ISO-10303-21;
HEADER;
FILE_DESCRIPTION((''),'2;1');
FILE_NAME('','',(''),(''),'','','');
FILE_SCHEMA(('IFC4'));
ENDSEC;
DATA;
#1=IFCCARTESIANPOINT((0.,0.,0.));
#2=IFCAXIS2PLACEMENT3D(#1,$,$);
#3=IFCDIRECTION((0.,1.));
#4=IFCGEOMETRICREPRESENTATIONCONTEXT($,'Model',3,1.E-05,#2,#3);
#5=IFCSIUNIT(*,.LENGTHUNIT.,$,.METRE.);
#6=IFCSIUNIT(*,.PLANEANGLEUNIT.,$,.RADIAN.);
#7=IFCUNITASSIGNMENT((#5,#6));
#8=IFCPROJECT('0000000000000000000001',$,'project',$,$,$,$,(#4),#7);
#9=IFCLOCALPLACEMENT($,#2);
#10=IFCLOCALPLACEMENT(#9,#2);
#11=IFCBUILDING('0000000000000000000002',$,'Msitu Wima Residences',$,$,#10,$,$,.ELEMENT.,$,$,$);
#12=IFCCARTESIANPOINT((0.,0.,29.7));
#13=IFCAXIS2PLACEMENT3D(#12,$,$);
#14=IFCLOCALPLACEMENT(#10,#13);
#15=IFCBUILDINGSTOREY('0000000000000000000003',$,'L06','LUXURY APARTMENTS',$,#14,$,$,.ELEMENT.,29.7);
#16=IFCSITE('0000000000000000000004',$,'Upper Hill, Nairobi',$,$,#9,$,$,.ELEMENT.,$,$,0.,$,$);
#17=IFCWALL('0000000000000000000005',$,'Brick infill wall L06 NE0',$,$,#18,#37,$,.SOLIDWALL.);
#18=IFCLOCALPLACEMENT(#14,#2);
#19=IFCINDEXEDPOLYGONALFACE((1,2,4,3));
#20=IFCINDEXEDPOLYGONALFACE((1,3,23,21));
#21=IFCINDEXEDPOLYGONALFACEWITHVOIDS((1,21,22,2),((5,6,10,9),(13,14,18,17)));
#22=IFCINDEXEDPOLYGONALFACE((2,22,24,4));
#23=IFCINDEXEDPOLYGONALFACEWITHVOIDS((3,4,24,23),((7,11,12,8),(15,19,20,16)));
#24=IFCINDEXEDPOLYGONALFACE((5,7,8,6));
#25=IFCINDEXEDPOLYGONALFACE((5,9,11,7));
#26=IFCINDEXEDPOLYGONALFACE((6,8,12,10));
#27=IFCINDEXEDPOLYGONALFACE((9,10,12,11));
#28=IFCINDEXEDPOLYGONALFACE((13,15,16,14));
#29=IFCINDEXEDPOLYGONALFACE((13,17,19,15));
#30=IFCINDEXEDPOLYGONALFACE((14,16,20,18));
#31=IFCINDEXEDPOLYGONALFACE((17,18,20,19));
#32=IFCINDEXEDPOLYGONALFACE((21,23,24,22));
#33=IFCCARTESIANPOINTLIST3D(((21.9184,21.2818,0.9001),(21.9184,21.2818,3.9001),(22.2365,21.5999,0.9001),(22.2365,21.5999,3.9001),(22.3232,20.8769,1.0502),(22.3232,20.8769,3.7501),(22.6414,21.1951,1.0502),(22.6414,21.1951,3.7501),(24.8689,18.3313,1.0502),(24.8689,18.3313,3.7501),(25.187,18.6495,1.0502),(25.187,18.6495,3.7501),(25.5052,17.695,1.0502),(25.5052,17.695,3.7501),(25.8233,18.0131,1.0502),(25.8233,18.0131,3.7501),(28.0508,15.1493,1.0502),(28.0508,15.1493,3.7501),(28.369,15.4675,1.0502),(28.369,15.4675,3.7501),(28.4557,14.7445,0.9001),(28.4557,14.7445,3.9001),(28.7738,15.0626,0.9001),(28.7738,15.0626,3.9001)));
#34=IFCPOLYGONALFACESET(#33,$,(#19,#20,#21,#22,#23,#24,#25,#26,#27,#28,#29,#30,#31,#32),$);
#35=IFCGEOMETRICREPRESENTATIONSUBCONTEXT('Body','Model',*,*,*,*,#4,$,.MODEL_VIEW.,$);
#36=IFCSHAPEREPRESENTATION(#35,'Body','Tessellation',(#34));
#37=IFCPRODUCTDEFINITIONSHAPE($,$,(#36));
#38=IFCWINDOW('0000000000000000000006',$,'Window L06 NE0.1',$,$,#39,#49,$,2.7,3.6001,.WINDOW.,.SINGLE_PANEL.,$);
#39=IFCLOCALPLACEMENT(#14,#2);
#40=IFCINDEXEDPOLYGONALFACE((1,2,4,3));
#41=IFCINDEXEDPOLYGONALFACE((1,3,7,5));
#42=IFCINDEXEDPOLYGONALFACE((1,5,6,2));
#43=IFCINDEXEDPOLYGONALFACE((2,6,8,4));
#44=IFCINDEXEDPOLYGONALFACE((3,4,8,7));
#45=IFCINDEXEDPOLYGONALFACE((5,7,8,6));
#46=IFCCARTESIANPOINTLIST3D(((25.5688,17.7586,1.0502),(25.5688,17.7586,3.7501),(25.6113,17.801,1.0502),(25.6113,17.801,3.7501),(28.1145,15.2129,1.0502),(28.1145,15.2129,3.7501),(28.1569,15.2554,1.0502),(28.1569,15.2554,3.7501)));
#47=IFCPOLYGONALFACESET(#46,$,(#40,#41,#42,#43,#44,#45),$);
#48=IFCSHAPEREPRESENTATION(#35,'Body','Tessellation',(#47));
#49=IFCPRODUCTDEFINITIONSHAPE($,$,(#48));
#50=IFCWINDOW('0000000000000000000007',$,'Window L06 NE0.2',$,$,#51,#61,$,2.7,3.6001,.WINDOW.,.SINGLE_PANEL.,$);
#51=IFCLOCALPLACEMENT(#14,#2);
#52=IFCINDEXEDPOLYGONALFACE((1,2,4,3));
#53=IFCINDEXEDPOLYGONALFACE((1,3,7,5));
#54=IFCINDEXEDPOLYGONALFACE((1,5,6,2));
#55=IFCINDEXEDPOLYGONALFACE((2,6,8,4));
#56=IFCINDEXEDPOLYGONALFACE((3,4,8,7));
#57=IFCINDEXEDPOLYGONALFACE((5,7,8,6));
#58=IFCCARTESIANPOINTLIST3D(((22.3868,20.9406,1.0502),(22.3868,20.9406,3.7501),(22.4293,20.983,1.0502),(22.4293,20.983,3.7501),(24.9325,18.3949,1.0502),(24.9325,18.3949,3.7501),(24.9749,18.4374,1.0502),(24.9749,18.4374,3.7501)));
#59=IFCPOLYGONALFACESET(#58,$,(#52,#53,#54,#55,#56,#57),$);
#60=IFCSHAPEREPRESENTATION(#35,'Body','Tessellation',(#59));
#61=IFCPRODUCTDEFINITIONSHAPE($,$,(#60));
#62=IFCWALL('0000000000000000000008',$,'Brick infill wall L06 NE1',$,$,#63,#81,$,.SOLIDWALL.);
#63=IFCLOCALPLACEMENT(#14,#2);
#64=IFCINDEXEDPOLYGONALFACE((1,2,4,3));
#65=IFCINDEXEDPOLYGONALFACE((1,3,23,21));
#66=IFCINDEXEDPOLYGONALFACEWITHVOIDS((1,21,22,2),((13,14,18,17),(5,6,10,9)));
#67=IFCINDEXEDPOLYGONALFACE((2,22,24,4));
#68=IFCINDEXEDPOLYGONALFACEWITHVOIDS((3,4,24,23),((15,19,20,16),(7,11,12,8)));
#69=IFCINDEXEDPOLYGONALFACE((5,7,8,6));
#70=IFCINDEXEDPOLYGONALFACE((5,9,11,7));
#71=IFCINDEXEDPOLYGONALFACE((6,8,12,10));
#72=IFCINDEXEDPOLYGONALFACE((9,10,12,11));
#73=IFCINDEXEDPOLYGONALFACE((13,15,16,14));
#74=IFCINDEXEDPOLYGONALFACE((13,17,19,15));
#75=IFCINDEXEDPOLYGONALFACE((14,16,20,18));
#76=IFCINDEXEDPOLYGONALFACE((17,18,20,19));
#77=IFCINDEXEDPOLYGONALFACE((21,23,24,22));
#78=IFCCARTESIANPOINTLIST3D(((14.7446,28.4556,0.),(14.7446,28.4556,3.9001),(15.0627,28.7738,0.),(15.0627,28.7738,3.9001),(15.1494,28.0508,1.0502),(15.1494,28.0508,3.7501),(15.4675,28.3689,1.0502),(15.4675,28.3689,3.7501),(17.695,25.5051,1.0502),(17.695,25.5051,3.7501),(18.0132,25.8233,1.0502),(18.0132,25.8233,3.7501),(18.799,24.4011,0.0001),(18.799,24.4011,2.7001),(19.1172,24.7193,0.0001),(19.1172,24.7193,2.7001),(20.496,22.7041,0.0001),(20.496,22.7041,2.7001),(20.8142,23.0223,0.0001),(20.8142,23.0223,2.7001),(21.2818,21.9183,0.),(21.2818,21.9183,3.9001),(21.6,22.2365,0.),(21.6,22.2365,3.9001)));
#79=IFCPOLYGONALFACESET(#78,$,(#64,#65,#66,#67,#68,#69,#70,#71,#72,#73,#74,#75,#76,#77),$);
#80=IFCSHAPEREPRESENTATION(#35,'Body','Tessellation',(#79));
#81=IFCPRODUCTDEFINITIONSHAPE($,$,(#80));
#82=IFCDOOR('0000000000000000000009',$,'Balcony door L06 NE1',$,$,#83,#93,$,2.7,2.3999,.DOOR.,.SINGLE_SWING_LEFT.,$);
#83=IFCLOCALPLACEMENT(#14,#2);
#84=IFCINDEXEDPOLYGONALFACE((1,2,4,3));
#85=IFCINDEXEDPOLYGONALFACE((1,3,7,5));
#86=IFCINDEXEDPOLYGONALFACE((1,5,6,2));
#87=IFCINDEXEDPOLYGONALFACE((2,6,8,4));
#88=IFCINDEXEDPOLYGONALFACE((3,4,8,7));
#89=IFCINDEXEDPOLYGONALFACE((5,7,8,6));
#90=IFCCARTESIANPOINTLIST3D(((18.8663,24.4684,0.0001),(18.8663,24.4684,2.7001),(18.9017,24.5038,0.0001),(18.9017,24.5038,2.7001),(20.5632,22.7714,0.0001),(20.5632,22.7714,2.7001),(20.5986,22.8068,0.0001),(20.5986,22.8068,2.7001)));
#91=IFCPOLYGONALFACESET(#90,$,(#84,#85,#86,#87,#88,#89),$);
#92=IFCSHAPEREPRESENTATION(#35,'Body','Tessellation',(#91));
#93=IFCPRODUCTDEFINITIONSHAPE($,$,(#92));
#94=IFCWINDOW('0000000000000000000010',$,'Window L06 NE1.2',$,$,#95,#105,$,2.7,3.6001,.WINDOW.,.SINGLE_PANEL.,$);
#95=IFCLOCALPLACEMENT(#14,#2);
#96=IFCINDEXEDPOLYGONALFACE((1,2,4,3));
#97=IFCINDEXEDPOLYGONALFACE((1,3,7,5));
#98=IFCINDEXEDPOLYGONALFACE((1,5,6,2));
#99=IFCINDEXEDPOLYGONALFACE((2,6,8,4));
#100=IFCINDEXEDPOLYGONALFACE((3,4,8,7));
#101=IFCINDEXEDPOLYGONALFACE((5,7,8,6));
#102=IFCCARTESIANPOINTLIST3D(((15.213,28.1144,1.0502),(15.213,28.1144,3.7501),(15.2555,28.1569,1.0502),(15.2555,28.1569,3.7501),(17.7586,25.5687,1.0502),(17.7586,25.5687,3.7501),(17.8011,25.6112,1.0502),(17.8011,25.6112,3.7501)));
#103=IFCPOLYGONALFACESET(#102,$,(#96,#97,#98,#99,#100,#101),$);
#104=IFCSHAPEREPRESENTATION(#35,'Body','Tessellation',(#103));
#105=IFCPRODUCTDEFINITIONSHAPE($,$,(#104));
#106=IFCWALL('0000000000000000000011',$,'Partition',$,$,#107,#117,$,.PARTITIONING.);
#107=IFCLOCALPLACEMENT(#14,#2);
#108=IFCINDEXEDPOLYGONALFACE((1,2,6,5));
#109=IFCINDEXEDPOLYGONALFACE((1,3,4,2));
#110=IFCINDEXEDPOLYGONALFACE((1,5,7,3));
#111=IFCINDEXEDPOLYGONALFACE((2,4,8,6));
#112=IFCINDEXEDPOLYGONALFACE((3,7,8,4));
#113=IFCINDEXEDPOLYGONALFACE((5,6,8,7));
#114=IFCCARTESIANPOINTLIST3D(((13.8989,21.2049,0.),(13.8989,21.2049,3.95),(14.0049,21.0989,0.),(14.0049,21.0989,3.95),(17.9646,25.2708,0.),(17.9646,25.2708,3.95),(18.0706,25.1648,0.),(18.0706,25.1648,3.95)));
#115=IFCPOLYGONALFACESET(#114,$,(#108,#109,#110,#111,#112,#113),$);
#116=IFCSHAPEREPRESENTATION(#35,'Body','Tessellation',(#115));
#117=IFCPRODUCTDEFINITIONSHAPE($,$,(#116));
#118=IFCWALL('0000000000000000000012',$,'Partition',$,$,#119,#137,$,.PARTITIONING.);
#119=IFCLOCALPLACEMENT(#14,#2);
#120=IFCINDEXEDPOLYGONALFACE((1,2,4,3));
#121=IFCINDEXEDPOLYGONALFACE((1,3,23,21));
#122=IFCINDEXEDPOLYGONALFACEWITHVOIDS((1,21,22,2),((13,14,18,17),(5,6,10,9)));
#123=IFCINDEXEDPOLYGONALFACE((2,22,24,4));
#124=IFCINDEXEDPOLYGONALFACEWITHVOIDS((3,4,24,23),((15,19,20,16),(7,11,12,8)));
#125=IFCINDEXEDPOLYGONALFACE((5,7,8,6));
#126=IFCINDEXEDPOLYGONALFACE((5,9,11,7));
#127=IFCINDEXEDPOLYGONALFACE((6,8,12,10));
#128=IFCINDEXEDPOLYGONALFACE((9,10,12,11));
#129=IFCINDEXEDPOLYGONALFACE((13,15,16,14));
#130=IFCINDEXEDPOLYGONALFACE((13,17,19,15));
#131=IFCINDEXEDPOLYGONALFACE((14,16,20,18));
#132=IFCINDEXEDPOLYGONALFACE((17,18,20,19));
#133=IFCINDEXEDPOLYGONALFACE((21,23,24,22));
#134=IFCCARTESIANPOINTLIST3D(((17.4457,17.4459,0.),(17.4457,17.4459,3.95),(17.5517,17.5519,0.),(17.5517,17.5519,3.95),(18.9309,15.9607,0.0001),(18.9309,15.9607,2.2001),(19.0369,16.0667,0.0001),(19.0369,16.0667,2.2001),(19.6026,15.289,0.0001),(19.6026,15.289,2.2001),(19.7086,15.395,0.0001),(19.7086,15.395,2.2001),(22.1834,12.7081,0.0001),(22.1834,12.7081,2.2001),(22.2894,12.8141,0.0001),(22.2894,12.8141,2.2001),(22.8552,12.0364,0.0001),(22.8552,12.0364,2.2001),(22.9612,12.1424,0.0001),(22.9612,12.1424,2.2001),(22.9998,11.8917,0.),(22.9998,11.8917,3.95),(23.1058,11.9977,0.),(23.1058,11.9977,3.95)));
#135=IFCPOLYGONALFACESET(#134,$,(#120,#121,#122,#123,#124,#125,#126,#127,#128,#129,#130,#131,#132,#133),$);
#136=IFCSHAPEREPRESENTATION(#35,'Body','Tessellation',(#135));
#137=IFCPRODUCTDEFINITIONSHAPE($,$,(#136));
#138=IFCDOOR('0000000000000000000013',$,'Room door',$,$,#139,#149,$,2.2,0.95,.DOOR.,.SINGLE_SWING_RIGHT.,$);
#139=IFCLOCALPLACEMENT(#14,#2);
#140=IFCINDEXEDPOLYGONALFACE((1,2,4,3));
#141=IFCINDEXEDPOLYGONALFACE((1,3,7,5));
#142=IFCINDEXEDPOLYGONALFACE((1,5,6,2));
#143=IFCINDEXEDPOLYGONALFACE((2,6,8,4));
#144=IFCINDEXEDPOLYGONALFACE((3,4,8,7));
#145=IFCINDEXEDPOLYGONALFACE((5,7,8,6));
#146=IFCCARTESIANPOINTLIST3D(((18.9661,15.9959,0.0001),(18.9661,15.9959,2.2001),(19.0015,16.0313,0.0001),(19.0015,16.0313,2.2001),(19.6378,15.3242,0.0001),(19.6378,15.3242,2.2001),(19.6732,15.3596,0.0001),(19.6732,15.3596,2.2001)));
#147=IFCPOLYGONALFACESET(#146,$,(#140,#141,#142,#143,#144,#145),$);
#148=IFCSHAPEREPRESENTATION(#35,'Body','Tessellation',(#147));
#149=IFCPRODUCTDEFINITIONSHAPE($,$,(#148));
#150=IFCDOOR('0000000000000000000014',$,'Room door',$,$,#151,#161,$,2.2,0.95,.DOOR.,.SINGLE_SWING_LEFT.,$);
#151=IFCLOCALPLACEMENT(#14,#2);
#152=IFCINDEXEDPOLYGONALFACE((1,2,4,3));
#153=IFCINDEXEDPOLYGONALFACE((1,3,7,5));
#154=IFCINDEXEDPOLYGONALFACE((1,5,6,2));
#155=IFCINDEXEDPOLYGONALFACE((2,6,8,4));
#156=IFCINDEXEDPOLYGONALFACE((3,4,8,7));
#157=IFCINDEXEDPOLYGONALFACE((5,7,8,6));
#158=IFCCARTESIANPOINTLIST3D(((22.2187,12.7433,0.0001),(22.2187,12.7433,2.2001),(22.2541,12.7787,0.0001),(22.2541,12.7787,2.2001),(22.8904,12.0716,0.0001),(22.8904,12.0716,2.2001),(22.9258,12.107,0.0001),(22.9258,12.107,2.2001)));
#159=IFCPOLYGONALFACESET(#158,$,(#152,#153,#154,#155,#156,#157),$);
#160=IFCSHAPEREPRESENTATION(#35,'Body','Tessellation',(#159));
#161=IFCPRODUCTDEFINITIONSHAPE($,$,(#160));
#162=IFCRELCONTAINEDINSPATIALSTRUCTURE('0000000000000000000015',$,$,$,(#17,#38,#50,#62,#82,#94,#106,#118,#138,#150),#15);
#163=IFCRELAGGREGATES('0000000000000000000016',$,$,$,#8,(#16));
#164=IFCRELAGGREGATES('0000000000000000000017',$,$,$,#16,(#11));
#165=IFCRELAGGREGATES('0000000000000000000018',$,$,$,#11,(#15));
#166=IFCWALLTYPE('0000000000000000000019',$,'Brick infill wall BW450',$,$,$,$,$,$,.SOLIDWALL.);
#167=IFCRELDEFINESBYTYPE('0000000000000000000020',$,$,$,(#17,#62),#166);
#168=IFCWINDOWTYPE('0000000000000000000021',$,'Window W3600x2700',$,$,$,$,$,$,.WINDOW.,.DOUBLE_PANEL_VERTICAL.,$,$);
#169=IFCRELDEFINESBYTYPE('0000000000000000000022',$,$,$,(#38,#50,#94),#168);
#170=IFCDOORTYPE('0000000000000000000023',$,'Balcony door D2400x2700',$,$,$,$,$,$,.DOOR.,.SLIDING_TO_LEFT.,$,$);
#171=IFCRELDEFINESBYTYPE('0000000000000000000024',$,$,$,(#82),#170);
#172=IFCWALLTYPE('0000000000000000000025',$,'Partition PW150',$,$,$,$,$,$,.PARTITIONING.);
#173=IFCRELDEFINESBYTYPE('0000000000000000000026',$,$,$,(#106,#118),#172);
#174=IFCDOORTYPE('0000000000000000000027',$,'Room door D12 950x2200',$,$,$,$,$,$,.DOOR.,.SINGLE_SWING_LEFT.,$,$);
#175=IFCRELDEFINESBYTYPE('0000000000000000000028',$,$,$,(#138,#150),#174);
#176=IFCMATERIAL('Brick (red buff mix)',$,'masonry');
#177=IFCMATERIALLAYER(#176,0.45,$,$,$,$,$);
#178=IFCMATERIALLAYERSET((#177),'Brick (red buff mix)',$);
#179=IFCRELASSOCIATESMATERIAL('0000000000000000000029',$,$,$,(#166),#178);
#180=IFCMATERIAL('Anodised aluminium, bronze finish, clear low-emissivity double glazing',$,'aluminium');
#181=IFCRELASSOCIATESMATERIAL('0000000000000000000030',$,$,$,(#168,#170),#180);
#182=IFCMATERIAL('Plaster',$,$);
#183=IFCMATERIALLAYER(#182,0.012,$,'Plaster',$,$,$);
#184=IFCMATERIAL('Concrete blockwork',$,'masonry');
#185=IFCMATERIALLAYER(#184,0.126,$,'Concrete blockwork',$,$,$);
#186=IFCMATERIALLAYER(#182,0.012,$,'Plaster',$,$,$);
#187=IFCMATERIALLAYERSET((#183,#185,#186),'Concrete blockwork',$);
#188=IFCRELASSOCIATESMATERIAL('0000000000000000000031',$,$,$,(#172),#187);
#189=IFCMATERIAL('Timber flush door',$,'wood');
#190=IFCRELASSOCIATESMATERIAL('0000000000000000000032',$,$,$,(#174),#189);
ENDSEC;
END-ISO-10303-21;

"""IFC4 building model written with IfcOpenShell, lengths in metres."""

from ifc_helpers import new_model, si_unit, direction, frame, frame_2d, origin, place, context, subcontext, project, spatial, rectangle, extrude, material, layer, layer_set, type_object, element, fill, save


model = new_model("IFC4")

# Units and contexts
model_context = context("Model", 3, precision=1e-05, world=origin(), true_north=direction((0.0, 1.0)))
body_context = subcontext(model_context, "Body", "Model", "MODEL_VIEW")
ifc_project = project(units=[si_unit("LENGTHUNIT", "METRE"), si_unit("PLANEANGLEUNIT", "RADIAN")], contexts=[model_context])

# Site, building, storey
site_placement = place(None, origin())
site = spatial("IfcSite", under=ifc_project, at=site_placement, Name="Upper Hill, Nairobi", CompositionType="ELEMENT", RefElevation=0.0)
building_placement = place(site_placement, origin())
building = spatial("IfcBuilding", under=site, at=building_placement, Name="Msitu Wima Residences", CompositionType="ELEMENT")
storey_placement = place(building_placement, frame((0.0, 0.0, 29.7)))
storey = spatial("IfcBuildingStorey", under=building, at=storey_placement, Name="L06", Description="LUXURY APARTMENTS", CompositionType="ELEMENT", Elevation=29.7)

# Wall, openings, windows
ifc_material_1 = material(Name="Brick (red buff mix)", Category="masonry")
ifc_layer_1 = layer(ifc_material_1, 0.45)
ifc_layer_set_1 = layer_set([ifc_layer_1], Name="Brick (red buff mix)")
wall_type_1 = type_object("IfcWallType", Name="Brick infill wall BW450", PredefinedType="SOLIDWALL", material=ifc_layer_set_1)
wall_1_placement = place(storey_placement, frame((28.6147, 14.9036, 0.9001), z_axis=(0.0, 0.0, 1.0), x_axis=(-0.707107, 0.707107, 0.0)))
wall_1 = element("IfcWall", 1, at=wall_1_placement, inside=storey, type_object=wall_type_1, Name="Brick infill wall L06 NE0", PredefinedType="SOLIDWALL", context=body_context, shape_type="SweptSolid", body=[
    extrude(rectangle(XDim=9.2451, YDim=0.45, at=frame_2d((4.6226, 0.0))), origin(), (0.0, 0.0, 1.0), 3.0),
])
opening_1_placement = place(wall_1_placement, frame((0.5725, 0.0, 0.1499)))
opening_1 = element("IfcOpeningElement", 2, at=opening_1_placement, cuts=wall_1, PredefinedType="OPENING", context=body_context, shape_type="SweptSolid", body=[
    extrude(rectangle(XDim=3.6001, YDim=2.7, at=frame_2d((1.8, 1.3501))), frame((0.0, 0.2349, 0.0), z_axis=(0.0, -1.0, 0.0), x_axis=(1.0, 0.0, 0.0)), (0.0, 0.0, 1.0), 0.47),
])
opening_2_placement = place(wall_1_placement, frame((5.0725, 0.0, 0.1499)))
opening_2 = element("IfcOpeningElement", 3, at=opening_2_placement, cuts=wall_1, PredefinedType="OPENING", context=body_context, shape_type="SweptSolid", body=[
    extrude(rectangle(XDim=3.6001, YDim=2.7, at=frame_2d((1.8, 1.3501))), frame((0.0, 0.2349, 0.0), z_axis=(0.0, -1.0, 0.0), x_axis=(1.0, 0.0, 0.0)), (0.0, 0.0, 1.0), 0.47),
])
ifc_material_2 = material(Name="Anodised aluminium, bronze finish, clear low-emissivity double glazing", Category="aluminium")
window_type = type_object("IfcWindowType", Name="Window W3600x2700", PartitioningType="DOUBLE_PANEL_VERTICAL", PredefinedType="WINDOW", material=ifc_material_2)
window_1_placement = place(opening_1_placement, origin())
window_1 = element("IfcWindow", 4, at=window_1_placement, inside=storey, type_object=window_type, Name="Window L06 NE0.1", OverallHeight=2.7, OverallWidth=3.6001, PartitioningType="SINGLE_PANEL", PredefinedType="WINDOW", context=body_context, shape_type="SweptSolid", body=[
    extrude(rectangle(XDim=3.6001, YDim=2.7, at=frame_2d((1.8, 1.3501))), frame((0.0, 0.135, 0.0), z_axis=(0.0, -1.0, 0.0), x_axis=(1.0, 0.0, 0.0)), (0.0, 0.0, 1.0), 0.0601),
])
fill(opening_1, window_1)
window_2_placement = place(opening_2_placement, origin())
window_2 = element("IfcWindow", 5, at=window_2_placement, inside=storey, type_object=window_type, Name="Window L06 NE0.2", OverallHeight=2.7, OverallWidth=3.6001, PartitioningType="SINGLE_PANEL", PredefinedType="WINDOW", context=body_context, shape_type="SweptSolid", body=[
    extrude(rectangle(XDim=3.6001, YDim=2.7, at=frame_2d((1.8, 1.3501))), frame((0.0, 0.135, 0.0), z_axis=(0.0, -1.0, 0.0), x_axis=(1.0, 0.0, 0.0)), (0.0, 0.0, 1.0), 0.0601),
])
fill(opening_2, window_2)

# Wall, openings, door, window
wall_2_placement = place(storey_placement, frame((21.4409, 22.0774, 0.0), z_axis=(0.0, 0.0, 1.0), x_axis=(-0.707107, 0.707107, 0.0)))
wall_2 = element("IfcWall", 6, at=wall_2_placement, inside=storey, type_object=wall_type_1, Name="Brick infill wall L06 NE1", PredefinedType="SOLIDWALL", context=body_context, shape_type="SweptSolid", body=[
    extrude(rectangle(XDim=9.2451, YDim=0.45, at=frame_2d((4.6226, 0.0))), origin(), (0.0, 0.0, 1.0), 3.9001),
])
opening_3_placement = place(wall_2_placement, frame((1.1113, 0.0, 0.0)))
opening_3 = element("IfcOpeningElement", 7, at=opening_3_placement, cuts=wall_2, PredefinedType="OPENING", context=body_context, shape_type="SweptSolid", body=[
    extrude(rectangle(XDim=2.3999, YDim=2.7, at=frame_2d((1.2, 1.3501))), frame((0.0, 0.2349, 0.0), z_axis=(0.0, -1.0, 0.0), x_axis=(1.0, 0.0, 0.0)), (0.0, 0.0, 1.0), 0.47),
])
opening_4_placement = place(wall_2_placement, frame((5.0725, 0.0, 1.05)))
opening_4 = element("IfcOpeningElement", 8, at=opening_4_placement, cuts=wall_2, PredefinedType="OPENING", context=body_context, shape_type="SweptSolid", body=[
    extrude(rectangle(XDim=3.6001, YDim=2.7, at=frame_2d((1.8, 1.3501))), frame((0.0, 0.2349, 0.0), z_axis=(0.0, -1.0, 0.0), x_axis=(1.0, 0.0, 0.0)), (0.0, 0.0, 1.0), 0.47),
])
door_type_1 = type_object("IfcDoorType", Name="Balcony door D2400x2700", OperationType="SLIDING_TO_LEFT", PredefinedType="DOOR", material=ifc_material_2)
door_1_placement = place(opening_3_placement, origin())
door_1 = element("IfcDoor", 9, at=door_1_placement, inside=storey, type_object=door_type_1, Name="Balcony door L06 NE1", OperationType="SINGLE_SWING_LEFT", OverallHeight=2.7, OverallWidth=2.3999, PredefinedType="DOOR", context=body_context, shape_type="SweptSolid", body=[
    extrude(rectangle(XDim=2.3999, YDim=2.7, at=frame_2d((1.2, 1.3501))), frame((0.0, 0.1299, 0.0), z_axis=(0.0, -1.0, 0.0), x_axis=(1.0, 0.0, 0.0)), (0.0, 0.0, 1.0), 0.05),
])
fill(opening_3, door_1)
window_3_placement = place(opening_4_placement, origin())
window_3 = element("IfcWindow", 10, at=window_3_placement, inside=storey, type_object=window_type, Name="Window L06 NE1.2", OverallHeight=2.7, OverallWidth=3.6001, PartitioningType="SINGLE_PANEL", PredefinedType="WINDOW", context=body_context, shape_type="SweptSolid", body=[
    extrude(rectangle(XDim=3.6001, YDim=2.7, at=frame_2d((1.8, 1.3501))), frame((0.0, 0.135, 0.0), z_axis=(0.0, -1.0, 0.0), x_axis=(1.0, 0.0, 0.0)), (0.0, 0.0, 1.0), 0.0601),
])
fill(opening_4, window_3)

# Wall
ifc_material_3 = material(Name="Plaster")
ifc_layer_2 = layer(ifc_material_3, 0.012, Name="Plaster")
ifc_material_4 = material(Name="Concrete blockwork", Category="masonry")
ifc_layer_3 = layer(ifc_material_4, 0.126, Name="Concrete blockwork")
ifc_layer_4 = layer(ifc_material_3, 0.012, Name="Plaster")
ifc_layer_set_2 = layer_set([ifc_layer_2, ifc_layer_3, ifc_layer_4], Name="Concrete blockwork")
wall_type_2 = type_object("IfcWallType", Name="Partition PW150", PredefinedType="PARTITIONING", material=ifc_layer_set_2)
wall_3_placement = place(storey_placement, frame((13.9519, 21.1519, 0.0), z_axis=(0.0, 0.0, 1.0), x_axis=(0.707086, 0.707128, 0.0)))
element("IfcWall", 11, at=wall_3_placement, inside=storey, type_object=wall_type_2, Name="Partition", PredefinedType="PARTITIONING", context=body_context, shape_type="SweptSolid", body=[
    extrude(rectangle(XDim=5.75, YDim=0.1499, at=frame_2d((2.875, 0.0))), origin(), (0.0, 0.0, 1.0), 3.95),
])

# Wall, openings, doors
wall_4_placement = place(storey_placement, frame((17.4988, 17.4988, 0.0), z_axis=(0.0, 0.0, 1.0), x_axis=(0.707107, -0.707107, 0.0)))
wall_4 = element("IfcWall", 12, at=wall_4_placement, inside=storey, type_object=wall_type_2, Name="Partition", PredefinedType="PARTITIONING", context=body_context, shape_type="SweptSolid", body=[
    extrude(rectangle(XDim=7.8547, YDim=0.1499, at=frame_2d((3.9272, 0.0))), origin(), (0.0, 0.0, 1.0), 3.95),
])
opening_5_placement = place(wall_4_placement, frame((2.1001, 0.0, 0.0)))
opening_5 = element("IfcOpeningElement", 13, at=opening_5_placement, cuts=wall_4, PredefinedType="OPENING", context=body_context, shape_type="SweptSolid", body=[
    extrude(rectangle(XDim=0.95, YDim=2.2, at=frame_2d((0.4751, 1.1001))), frame((0.0, 0.085, 0.0), z_axis=(0.0, -1.0, 0.0), x_axis=(1.0, 0.0, 0.0)), (0.0, 0.0, 1.0), 0.1699),
])
opening_6_placement = place(wall_4_placement, frame((6.7, 0.0, 0.0)))
opening_6 = element("IfcOpeningElement", 14, at=opening_6_placement, cuts=wall_4, PredefinedType="OPENING", context=body_context, shape_type="SweptSolid", body=[
    extrude(rectangle(XDim=0.95, YDim=2.2, at=frame_2d((0.4751, 1.1001))), frame((0.0, 0.085, 0.0), z_axis=(0.0, -1.0, 0.0), x_axis=(1.0, 0.0, 0.0)), (0.0, 0.0, 1.0), 0.1699),
])
ifc_material_5 = material(Name="Timber flush door", Category="wood")
door_type_2 = type_object("IfcDoorType", Name="Room door D12 950x2200", OperationType="SINGLE_SWING_LEFT", PredefinedType="DOOR", material=ifc_material_5)
door_2_placement = place(opening_5_placement, origin())
door_2 = element("IfcDoor", 15, at=door_2_placement, inside=storey, type_object=door_type_2, Name="Room door", OperationType="SINGLE_SWING_RIGHT", OverallHeight=2.2, OverallWidth=0.95, PredefinedType="DOOR", context=body_context, shape_type="SweptSolid", body=[
    extrude(rectangle(XDim=0.95, YDim=2.2, at=frame_2d((0.4751, 1.1001))), frame((0.0, 0.0249, 0.0), z_axis=(0.0, -1.0, 0.0), x_axis=(1.0, 0.0, 0.0)), (0.0, 0.0, 1.0), 0.05),
])
fill(opening_5, door_2)
door_3_placement = place(opening_6_placement, origin())
door_3 = element("IfcDoor", 16, at=door_3_placement, inside=storey, type_object=door_type_2, Name="Room door", OperationType="SINGLE_SWING_LEFT", OverallHeight=2.2, OverallWidth=0.95, PredefinedType="DOOR", context=body_context, shape_type="SweptSolid", body=[
    extrude(rectangle(XDim=0.95, YDim=2.2, at=frame_2d((0.4751, 1.1001))), frame((0.0, 0.0249, 0.0), z_axis=(0.0, -1.0, 0.0), x_axis=(1.0, 0.0, 0.0)), (0.0, 0.0, 1.0), 0.05),
])
fill(opening_6, door_3)

save(model, "model.ifc")
